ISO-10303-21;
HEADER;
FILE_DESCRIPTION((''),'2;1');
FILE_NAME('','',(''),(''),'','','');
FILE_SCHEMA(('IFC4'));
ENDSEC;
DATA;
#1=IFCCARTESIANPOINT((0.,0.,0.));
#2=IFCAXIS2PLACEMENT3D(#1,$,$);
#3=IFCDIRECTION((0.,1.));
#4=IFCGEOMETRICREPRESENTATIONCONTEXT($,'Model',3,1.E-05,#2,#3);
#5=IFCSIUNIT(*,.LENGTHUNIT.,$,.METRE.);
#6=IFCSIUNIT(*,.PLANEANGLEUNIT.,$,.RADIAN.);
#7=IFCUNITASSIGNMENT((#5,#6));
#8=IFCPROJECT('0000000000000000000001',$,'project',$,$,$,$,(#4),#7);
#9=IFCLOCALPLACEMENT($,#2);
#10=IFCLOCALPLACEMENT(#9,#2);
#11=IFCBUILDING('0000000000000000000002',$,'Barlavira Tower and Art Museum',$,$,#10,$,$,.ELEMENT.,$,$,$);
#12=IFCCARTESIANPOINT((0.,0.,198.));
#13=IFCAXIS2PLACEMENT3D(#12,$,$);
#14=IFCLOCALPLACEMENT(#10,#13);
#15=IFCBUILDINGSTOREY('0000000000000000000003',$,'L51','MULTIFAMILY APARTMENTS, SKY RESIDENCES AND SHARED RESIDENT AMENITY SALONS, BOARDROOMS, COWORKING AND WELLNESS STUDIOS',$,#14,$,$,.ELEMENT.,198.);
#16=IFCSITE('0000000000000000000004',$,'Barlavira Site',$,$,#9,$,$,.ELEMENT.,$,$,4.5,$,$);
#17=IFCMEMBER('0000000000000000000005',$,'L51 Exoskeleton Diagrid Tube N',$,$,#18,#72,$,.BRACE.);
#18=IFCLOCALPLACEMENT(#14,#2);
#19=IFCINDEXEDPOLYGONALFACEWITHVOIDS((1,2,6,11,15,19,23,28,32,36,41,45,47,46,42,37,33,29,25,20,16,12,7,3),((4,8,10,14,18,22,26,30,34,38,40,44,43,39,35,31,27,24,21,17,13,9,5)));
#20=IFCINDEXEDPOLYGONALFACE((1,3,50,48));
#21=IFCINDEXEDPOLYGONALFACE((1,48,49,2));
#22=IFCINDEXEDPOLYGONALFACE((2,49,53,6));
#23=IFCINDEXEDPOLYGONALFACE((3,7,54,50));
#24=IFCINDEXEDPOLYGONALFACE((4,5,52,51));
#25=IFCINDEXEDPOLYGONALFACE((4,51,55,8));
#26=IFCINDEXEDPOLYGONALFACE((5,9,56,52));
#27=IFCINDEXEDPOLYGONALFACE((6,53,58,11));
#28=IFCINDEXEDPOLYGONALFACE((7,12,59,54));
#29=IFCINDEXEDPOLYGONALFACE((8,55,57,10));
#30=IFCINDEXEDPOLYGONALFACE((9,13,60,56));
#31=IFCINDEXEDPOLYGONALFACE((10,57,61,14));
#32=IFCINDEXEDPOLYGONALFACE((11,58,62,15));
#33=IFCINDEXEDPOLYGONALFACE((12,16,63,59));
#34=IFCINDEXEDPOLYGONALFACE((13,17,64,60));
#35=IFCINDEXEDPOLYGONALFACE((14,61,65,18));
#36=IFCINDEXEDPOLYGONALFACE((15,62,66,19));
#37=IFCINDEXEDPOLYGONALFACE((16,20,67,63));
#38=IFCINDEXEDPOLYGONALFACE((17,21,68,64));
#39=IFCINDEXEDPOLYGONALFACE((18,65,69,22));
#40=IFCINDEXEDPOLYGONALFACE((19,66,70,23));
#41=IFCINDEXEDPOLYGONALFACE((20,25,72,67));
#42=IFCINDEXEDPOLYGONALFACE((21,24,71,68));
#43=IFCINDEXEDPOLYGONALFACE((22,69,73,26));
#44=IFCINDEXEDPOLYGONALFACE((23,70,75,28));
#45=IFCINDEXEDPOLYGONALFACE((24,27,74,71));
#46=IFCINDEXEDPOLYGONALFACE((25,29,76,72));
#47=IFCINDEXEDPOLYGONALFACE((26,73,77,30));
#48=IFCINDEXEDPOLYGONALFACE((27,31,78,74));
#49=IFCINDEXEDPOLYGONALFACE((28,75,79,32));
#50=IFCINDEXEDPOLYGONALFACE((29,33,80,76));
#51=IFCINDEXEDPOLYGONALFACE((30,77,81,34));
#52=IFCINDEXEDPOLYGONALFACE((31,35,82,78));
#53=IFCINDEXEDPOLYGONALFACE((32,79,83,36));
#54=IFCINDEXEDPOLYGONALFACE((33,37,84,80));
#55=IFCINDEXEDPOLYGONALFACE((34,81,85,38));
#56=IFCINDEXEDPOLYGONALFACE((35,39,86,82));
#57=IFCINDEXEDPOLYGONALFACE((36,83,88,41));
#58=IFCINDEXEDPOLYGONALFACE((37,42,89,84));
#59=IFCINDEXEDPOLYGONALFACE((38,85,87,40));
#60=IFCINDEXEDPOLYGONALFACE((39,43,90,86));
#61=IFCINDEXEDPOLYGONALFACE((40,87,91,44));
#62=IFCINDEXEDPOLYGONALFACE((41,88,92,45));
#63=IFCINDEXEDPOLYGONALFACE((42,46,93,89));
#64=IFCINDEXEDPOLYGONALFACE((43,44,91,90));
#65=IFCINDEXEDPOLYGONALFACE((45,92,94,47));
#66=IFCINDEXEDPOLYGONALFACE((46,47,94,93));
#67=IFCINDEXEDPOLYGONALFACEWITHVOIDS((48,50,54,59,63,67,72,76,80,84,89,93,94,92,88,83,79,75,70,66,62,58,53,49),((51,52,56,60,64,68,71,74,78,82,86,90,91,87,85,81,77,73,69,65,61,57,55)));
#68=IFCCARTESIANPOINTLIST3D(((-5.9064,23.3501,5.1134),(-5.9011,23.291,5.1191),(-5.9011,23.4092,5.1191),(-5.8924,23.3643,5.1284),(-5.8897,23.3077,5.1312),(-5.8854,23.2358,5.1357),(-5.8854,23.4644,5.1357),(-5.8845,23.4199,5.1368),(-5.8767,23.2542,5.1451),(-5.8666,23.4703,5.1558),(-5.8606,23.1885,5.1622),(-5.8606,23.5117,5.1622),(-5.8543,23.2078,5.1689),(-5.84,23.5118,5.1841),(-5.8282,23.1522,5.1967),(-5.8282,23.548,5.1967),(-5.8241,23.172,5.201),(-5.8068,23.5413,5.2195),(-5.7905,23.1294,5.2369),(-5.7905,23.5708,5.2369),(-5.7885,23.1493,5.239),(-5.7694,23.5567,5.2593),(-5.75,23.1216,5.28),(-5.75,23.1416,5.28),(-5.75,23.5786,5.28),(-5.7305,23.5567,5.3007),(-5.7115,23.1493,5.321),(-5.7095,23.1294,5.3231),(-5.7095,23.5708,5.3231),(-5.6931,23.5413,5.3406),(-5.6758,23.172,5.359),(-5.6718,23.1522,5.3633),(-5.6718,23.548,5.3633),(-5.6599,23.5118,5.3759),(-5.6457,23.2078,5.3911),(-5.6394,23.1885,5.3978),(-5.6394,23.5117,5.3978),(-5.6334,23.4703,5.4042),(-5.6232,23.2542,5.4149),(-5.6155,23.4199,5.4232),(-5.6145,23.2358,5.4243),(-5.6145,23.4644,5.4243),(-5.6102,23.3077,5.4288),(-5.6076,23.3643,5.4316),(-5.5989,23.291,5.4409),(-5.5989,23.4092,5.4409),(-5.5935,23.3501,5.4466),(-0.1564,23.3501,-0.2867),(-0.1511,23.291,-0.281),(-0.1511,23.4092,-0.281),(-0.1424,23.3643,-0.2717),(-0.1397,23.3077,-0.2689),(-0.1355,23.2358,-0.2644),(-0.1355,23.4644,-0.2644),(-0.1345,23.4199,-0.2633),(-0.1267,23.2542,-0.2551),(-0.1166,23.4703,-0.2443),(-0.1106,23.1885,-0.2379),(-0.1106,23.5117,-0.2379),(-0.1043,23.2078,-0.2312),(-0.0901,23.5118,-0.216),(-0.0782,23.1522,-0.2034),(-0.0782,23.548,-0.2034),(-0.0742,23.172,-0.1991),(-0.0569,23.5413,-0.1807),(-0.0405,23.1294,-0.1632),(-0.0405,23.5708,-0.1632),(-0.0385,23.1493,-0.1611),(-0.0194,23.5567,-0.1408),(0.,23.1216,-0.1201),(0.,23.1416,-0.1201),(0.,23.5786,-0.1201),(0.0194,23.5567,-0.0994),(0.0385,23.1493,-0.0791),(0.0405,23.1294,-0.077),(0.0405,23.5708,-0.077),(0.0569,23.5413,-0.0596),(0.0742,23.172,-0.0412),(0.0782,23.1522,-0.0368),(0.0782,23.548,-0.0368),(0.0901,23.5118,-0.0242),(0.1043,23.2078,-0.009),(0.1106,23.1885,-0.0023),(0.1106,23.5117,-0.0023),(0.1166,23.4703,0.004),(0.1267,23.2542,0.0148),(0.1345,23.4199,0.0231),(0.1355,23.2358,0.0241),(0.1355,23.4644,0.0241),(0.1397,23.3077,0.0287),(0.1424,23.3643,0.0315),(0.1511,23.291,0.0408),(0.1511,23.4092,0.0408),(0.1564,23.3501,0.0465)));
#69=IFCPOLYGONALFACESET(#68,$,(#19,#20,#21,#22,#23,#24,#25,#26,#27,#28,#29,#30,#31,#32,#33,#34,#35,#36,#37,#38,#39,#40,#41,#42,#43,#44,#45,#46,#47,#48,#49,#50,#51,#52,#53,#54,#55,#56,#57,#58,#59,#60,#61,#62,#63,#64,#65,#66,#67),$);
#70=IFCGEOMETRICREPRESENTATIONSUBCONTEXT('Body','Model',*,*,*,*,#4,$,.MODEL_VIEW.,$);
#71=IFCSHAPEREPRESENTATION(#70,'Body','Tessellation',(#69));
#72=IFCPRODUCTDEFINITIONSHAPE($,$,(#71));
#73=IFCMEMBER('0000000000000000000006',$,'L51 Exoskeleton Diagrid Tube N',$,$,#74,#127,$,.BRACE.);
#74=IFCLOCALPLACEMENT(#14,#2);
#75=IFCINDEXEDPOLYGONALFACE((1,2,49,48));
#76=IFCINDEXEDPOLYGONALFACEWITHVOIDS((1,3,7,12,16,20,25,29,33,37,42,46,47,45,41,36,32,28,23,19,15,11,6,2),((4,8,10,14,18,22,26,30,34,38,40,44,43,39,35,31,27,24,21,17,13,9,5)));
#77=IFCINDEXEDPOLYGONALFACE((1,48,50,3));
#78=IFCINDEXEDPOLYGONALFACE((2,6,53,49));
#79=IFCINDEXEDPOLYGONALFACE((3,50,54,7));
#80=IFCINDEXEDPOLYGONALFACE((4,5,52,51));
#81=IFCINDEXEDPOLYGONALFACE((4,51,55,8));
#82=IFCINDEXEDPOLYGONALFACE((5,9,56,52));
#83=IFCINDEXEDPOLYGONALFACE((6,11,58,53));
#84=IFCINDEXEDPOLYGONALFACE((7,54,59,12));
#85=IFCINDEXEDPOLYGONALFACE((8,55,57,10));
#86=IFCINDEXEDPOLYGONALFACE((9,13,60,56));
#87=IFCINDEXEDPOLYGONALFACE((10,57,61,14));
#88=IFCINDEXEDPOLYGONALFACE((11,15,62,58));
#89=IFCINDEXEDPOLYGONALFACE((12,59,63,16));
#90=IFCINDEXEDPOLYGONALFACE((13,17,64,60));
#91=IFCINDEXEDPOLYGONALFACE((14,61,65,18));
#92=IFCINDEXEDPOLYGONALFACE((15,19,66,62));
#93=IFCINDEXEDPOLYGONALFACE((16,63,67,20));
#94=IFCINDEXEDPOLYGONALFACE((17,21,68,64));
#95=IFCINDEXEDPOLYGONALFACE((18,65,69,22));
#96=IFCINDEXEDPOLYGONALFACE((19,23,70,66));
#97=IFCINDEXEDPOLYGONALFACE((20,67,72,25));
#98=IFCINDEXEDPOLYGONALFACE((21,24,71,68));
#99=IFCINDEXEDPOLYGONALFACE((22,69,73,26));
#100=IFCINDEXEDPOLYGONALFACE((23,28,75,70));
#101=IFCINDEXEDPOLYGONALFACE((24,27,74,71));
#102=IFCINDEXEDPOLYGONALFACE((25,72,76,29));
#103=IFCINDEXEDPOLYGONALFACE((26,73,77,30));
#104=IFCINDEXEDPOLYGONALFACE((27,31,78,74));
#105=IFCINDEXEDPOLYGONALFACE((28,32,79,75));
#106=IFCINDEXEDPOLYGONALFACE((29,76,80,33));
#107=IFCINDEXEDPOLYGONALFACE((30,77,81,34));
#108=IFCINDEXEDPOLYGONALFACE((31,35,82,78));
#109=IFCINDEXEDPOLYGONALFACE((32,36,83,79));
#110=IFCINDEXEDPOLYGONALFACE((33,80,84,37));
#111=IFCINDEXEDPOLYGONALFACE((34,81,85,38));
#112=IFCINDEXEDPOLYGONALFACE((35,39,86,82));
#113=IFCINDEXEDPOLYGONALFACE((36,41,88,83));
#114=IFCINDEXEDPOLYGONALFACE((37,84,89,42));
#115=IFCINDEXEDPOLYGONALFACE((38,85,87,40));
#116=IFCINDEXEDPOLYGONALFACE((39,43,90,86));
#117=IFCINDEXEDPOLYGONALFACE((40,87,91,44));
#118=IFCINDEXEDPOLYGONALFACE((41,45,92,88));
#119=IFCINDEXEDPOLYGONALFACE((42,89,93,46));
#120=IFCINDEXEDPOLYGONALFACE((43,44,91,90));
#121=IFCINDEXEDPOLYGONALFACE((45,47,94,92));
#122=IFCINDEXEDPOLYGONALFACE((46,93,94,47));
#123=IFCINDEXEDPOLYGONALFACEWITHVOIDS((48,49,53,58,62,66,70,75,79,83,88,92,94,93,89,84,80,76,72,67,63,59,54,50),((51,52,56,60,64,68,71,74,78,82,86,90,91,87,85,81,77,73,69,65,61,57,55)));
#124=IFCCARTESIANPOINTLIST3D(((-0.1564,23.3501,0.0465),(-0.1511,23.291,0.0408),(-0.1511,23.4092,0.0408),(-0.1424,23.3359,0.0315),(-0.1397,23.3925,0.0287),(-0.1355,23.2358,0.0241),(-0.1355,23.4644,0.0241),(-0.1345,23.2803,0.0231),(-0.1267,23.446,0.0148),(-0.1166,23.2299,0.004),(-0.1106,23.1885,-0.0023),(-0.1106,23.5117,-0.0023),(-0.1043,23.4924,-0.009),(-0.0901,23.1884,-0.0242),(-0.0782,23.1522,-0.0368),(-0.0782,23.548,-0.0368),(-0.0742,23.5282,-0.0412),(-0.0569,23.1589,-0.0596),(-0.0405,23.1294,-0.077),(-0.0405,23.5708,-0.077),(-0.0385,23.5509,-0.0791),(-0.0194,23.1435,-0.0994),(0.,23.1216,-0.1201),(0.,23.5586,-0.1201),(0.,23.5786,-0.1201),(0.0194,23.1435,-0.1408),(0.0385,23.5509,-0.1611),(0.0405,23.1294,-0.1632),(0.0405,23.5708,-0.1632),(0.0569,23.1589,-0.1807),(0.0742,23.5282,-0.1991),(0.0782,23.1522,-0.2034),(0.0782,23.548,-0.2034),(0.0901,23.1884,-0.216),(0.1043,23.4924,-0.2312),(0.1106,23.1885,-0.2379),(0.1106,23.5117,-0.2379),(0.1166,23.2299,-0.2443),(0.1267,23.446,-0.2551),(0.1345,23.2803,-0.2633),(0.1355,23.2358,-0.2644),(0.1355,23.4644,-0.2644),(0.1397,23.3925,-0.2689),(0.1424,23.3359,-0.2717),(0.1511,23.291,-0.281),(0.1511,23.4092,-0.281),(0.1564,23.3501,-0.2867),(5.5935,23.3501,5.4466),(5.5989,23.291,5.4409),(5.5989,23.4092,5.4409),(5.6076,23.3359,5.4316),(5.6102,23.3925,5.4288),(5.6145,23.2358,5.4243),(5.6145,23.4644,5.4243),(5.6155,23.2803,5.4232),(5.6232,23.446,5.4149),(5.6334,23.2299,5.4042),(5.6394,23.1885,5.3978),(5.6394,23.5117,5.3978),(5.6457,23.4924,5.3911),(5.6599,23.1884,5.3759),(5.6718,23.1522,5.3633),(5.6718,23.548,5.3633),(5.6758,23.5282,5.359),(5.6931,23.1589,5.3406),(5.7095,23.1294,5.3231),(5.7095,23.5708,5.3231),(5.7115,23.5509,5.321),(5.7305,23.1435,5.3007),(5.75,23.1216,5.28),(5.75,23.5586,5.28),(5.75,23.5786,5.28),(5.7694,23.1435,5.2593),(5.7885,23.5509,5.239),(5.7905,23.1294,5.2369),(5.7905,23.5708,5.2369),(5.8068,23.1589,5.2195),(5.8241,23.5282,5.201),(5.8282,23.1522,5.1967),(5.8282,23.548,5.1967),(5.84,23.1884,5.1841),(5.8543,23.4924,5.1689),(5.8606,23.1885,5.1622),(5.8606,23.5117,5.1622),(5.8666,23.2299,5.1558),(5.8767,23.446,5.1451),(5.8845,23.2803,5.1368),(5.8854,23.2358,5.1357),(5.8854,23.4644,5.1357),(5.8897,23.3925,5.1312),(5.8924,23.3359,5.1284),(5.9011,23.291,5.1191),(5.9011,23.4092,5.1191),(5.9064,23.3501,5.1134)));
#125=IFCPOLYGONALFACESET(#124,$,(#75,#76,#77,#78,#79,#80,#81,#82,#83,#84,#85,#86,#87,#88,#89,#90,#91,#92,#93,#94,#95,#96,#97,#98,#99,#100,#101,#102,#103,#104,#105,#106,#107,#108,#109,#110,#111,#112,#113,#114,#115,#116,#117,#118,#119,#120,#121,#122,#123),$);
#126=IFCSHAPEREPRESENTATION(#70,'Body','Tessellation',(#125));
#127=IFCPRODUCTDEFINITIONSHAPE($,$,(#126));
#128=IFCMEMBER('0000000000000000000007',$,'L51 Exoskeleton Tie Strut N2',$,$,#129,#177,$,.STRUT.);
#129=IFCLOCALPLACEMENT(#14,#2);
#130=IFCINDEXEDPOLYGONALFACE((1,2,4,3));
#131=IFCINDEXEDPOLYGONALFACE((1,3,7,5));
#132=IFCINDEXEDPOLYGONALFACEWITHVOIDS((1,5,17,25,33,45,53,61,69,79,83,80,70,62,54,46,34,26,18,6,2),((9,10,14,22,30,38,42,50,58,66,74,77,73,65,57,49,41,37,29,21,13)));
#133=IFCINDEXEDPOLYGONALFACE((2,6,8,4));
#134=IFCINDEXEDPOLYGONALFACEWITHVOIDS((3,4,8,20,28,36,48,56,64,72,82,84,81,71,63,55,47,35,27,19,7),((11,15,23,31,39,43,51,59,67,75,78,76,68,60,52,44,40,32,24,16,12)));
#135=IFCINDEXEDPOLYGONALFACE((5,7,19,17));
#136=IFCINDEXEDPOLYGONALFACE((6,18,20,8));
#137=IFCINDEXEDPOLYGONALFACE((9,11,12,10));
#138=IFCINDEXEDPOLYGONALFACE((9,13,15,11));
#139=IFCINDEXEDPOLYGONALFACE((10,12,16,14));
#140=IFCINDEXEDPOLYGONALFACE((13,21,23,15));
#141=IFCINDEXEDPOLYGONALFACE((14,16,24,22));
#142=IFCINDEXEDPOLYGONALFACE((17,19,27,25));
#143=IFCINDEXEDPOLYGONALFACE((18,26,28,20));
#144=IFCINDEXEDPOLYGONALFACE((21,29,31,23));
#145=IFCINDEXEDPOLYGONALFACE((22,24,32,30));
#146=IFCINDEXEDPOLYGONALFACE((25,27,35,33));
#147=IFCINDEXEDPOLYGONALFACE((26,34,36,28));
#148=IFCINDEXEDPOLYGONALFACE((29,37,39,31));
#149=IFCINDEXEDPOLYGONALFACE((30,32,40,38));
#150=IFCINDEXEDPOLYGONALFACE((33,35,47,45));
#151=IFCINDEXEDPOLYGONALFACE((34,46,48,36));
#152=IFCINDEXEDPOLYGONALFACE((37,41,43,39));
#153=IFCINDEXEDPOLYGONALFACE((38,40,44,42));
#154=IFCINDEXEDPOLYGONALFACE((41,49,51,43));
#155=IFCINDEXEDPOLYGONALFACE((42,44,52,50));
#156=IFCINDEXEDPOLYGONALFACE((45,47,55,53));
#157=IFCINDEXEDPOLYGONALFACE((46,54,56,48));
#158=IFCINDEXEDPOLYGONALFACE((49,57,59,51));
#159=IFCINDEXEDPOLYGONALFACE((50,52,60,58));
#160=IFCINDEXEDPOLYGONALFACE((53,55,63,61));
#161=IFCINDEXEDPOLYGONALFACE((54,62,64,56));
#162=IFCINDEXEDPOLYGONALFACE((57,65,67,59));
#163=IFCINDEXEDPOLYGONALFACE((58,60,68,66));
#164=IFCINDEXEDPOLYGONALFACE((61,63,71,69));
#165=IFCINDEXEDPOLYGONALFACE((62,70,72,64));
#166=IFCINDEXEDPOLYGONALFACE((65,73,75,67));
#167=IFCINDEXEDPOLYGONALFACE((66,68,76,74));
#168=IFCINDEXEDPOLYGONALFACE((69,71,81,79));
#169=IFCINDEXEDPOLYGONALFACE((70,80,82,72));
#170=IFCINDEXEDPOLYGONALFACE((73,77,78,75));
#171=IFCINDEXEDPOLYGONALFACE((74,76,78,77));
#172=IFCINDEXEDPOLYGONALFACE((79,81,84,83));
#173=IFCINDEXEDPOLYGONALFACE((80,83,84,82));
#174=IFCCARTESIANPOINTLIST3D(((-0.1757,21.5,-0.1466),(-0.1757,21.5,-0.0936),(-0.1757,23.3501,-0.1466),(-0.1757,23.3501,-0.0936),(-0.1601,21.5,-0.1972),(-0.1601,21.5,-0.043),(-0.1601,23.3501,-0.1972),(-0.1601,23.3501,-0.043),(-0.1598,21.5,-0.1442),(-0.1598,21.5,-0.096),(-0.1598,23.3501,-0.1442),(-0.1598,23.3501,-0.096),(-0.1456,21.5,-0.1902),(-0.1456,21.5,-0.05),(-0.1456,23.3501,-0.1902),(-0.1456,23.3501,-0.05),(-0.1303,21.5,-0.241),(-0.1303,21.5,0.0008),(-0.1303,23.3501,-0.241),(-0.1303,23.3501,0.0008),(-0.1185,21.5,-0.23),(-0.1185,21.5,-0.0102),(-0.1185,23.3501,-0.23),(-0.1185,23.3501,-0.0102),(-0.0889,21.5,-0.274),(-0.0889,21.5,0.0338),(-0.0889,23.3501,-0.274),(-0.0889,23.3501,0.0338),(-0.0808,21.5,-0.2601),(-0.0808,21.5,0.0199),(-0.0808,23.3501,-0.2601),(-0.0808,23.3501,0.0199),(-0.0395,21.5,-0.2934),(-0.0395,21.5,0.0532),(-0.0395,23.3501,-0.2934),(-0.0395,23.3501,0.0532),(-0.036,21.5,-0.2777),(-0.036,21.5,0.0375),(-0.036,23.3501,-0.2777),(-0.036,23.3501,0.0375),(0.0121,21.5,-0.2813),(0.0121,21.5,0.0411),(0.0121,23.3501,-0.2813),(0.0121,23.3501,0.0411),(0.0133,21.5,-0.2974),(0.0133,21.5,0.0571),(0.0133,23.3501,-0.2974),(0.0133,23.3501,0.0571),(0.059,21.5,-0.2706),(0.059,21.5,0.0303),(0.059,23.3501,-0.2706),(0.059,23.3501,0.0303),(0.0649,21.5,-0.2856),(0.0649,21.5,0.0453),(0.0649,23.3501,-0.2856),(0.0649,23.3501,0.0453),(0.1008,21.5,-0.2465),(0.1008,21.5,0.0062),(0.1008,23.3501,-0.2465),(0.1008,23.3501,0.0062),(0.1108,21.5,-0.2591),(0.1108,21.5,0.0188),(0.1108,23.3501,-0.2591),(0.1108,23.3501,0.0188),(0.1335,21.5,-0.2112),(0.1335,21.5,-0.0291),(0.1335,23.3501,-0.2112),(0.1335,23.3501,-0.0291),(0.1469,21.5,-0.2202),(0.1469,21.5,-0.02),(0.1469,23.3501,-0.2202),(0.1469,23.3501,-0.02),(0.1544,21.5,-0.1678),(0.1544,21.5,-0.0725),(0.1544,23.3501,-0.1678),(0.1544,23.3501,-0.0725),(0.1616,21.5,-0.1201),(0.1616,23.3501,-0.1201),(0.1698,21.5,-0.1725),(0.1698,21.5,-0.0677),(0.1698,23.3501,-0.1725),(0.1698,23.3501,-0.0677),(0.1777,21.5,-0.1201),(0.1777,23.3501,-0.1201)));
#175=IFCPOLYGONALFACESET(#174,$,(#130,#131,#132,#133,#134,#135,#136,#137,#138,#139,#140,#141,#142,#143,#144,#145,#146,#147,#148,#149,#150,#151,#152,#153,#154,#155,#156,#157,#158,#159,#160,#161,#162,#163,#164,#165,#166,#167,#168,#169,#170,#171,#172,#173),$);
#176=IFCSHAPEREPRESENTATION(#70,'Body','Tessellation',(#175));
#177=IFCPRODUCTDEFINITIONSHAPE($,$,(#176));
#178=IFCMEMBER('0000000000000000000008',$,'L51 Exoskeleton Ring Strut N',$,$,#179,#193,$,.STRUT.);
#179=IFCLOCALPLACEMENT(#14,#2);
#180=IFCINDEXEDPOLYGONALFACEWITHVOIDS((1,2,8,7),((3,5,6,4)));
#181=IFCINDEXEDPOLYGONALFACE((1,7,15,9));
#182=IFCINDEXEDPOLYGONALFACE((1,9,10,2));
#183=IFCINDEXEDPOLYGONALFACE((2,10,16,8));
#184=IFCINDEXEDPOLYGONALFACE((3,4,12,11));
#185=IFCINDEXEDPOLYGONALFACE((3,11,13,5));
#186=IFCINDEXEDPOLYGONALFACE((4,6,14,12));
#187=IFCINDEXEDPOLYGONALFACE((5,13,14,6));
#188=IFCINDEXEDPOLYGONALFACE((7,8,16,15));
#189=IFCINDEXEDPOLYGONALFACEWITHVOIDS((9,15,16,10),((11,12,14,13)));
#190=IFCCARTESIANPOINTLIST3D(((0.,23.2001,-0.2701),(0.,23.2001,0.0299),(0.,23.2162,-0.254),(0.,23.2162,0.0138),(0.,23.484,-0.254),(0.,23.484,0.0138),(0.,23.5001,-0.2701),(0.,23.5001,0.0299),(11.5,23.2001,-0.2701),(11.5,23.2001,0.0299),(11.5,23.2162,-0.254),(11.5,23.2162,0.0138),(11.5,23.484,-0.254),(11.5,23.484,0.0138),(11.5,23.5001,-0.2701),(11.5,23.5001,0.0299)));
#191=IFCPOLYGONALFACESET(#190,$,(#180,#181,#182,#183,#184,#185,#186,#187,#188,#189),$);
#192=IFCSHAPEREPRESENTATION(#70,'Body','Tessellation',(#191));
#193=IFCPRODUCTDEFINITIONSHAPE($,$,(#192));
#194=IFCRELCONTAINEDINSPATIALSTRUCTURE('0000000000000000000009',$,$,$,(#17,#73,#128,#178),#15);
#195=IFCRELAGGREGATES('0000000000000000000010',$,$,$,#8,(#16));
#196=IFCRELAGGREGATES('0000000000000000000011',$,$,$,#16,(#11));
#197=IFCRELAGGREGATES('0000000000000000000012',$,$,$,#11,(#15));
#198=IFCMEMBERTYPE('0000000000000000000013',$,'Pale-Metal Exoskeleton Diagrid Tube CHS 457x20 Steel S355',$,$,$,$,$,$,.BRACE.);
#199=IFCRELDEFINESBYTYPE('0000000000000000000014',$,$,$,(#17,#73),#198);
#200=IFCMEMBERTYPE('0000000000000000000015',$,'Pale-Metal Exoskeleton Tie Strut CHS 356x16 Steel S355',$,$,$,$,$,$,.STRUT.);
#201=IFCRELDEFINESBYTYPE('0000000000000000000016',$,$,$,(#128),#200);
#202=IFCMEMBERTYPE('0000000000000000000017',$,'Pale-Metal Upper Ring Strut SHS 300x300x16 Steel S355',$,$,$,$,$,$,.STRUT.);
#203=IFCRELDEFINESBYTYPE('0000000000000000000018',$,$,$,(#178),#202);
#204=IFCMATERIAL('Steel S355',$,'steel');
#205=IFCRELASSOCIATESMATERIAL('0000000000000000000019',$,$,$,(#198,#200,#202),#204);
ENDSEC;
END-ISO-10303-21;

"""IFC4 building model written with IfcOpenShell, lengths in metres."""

from ifc_helpers import new_model, si_unit, direction, frame, origin, origin_2d, place, context, subcontext, project, spatial, hollow_rectangle, hollow_circle, extrude, material, material_profile, profile_set, type_object, element, save


model = new_model("IFC4")

# Units and contexts
model_context = context("Model", 3, precision=1e-05, world=origin(), true_north=direction((0.0, 1.0)))
body_context = subcontext(model_context, "Body", "Model", "MODEL_VIEW")
ifc_project = project(units=[si_unit("LENGTHUNIT", "METRE"), si_unit("PLANEANGLEUNIT", "RADIAN")], contexts=[model_context])

# Site, building, storey
site_placement = place(None, origin())
site = spatial("IfcSite", under=ifc_project, at=site_placement, Name="Barlavira Site", CompositionType="ELEMENT", RefElevation=4.5)
building_placement = place(site_placement, origin())
building = spatial("IfcBuilding", under=site, at=building_placement, Name="Barlavira Tower and Art Museum", CompositionType="ELEMENT")
storey_placement = place(building_placement, frame((0.0, 0.0, 198.0)))
storey = spatial("IfcBuildingStorey", under=building, at=storey_placement, Name="L51", Description="MULTIFAMILY APARTMENTS, SKY RESIDENCES AND SHARED RESIDENT AMENITY SALONS, BOARDROOMS, COWORKING AND WELLNESS STUDIOS", CompositionType="ELEMENT", Elevation=198.0)

# Members
ifc_material_1 = material(Name="Steel S355", Category="steel")
ifc_material_profile_1 = material_profile(ifc_material_1, hollow_circle(Radius=0.2285, WallThickness=0.02, at=origin_2d()), Name="CHS 457.0x20.0")
ifc_profile_set_1 = profile_set([ifc_material_profile_1], Name="Steel S355")
member_type_1 = type_object("IfcMemberType", Name="Pale-Metal Exoskeleton Diagrid Tube CHS 457x20 Steel S355", PredefinedType="BRACE", material=ifc_profile_set_1)
for number, where, z_axis, x_axis, name in (
    (1, (0.0, 23.3501, -0.1201), (-0.728935, 0.0, 0.684583), (0.0, -1.0, 0.0), "L51 Exoskeleton Diagrid Tube N"),
    (2, (0.0, 23.3501, -0.1201), (0.728935, 0.0, 0.684583), (0.0, 1.0, 0.0), "L51 Exoskeleton Diagrid Tube N"),
):
    element("IfcMember", number, at=place(storey_placement, frame(where, z_axis=z_axis, x_axis=x_axis)), inside=storey, type_object=member_type_1, Name=name, PredefinedType="BRACE", context=body_context, shape_type="SweptSolid", body=[
        extrude(hollow_circle(Radius=0.2285, WallThickness=0.02, at=origin_2d()), origin(), (0.0, 0.0, 1.0), 7.8882),
    ])
ifc_material_profile_2 = material_profile(ifc_material_1, hollow_circle(Radius=0.1777, WallThickness=0.0161, at=origin_2d()), Name="CHS 355.6x16.0")
ifc_profile_set_2 = profile_set([ifc_material_profile_2], Name="Steel S355")
member_type_2 = type_object("IfcMemberType", Name="Pale-Metal Exoskeleton Tie Strut CHS 356x16 Steel S355", PredefinedType="STRUT", material=ifc_profile_set_2)
member_1_placement = place(storey_placement, frame((0.0, 23.3501, -0.1201), z_axis=(0.0, -1.0, 0.0), x_axis=(1.0, 0.0, 0.0)))
element("IfcMember", 3, at=member_1_placement, inside=storey, type_object=member_type_2, Name="L51 Exoskeleton Tie Strut N2", PredefinedType="STRUT", context=body_context, shape_type="SweptSolid", body=[
    extrude(hollow_circle(Radius=0.1777, WallThickness=0.0161, at=origin_2d()), origin(), (0.0, 0.0, 1.0), 1.8501),
])
ifc_material_profile_3 = material_profile(ifc_material_1, hollow_rectangle(XDim=0.3, YDim=0.3, WallThickness=0.0161, at=origin_2d()), Name="SHS 300x300x16.0")
ifc_profile_set_3 = profile_set([ifc_material_profile_3], Name="Steel S355")
member_type_3 = type_object("IfcMemberType", Name="Pale-Metal Upper Ring Strut SHS 300x300x16 Steel S355", PredefinedType="STRUT", material=ifc_profile_set_3)
member_2_placement = place(storey_placement, frame((0.0, 23.3501, -0.1201), z_axis=(1.0, 0.0, 0.0), x_axis=(0.0, 1.0, 0.0)))
element("IfcMember", 4, at=member_2_placement, inside=storey, type_object=member_type_3, Name="L51 Exoskeleton Ring Strut N", PredefinedType="STRUT", context=body_context, shape_type="SweptSolid", body=[
    extrude(hollow_rectangle(XDim=0.3, YDim=0.3, WallThickness=0.0161, at=origin_2d()), origin(), (0.0, 0.0, 1.0), 11.5),
])

save(model, "model.ifc")
